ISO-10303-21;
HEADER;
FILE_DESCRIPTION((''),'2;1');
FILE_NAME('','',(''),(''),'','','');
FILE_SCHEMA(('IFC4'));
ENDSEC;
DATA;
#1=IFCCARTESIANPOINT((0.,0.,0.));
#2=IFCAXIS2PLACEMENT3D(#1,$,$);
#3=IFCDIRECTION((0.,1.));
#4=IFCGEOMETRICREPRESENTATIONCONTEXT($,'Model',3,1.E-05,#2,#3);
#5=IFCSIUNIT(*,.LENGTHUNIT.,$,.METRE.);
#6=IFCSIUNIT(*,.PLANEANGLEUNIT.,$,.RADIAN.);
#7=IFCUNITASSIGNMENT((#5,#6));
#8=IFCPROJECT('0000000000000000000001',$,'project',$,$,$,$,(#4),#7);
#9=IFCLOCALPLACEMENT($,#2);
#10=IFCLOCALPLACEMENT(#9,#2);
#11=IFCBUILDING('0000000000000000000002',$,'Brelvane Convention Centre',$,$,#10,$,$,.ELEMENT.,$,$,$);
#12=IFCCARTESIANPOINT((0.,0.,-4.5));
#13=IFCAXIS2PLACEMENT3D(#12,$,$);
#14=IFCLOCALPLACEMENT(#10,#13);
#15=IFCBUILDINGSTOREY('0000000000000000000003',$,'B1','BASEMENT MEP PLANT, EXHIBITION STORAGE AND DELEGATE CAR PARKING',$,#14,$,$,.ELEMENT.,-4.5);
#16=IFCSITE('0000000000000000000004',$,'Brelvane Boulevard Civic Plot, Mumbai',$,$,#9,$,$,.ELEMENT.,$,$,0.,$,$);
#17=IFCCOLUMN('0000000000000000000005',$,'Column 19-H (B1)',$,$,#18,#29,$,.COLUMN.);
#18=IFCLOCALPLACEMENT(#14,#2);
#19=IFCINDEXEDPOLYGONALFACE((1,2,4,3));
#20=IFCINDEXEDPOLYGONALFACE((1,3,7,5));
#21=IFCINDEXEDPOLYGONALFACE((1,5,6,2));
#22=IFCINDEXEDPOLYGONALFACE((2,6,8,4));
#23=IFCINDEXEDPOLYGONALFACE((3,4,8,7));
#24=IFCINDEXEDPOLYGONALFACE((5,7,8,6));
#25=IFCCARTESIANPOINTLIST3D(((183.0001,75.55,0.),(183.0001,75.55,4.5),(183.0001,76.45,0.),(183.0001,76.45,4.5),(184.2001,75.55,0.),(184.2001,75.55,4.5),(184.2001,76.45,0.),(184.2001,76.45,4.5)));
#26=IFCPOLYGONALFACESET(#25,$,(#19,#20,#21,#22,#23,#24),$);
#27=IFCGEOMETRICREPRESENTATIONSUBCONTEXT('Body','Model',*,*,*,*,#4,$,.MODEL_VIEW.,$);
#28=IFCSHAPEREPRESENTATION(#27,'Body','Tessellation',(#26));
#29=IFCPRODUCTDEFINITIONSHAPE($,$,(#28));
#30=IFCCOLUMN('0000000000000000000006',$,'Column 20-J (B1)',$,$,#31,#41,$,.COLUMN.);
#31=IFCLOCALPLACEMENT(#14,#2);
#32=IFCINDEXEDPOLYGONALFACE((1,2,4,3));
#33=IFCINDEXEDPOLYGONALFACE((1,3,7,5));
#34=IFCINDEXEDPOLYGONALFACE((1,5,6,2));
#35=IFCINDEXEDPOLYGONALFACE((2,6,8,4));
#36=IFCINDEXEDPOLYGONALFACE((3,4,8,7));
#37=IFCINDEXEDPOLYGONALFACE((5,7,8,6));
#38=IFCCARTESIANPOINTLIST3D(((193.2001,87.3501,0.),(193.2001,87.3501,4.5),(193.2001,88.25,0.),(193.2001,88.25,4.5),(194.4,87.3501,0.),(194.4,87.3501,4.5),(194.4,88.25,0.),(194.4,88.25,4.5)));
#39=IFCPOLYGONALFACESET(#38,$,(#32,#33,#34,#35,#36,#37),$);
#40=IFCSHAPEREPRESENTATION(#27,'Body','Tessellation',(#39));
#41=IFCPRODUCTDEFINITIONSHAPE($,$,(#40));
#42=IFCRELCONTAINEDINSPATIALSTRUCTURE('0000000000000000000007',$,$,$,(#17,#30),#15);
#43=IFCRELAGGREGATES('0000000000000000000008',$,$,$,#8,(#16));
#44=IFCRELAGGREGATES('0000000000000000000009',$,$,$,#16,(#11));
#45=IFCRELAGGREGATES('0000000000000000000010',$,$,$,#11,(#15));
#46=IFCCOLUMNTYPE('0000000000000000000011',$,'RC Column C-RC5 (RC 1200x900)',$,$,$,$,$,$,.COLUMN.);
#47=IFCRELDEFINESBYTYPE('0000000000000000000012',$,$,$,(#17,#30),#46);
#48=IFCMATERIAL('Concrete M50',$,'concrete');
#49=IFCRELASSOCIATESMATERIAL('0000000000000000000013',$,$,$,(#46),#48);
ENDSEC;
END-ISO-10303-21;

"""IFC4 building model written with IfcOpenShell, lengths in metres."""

from ifc_helpers import new_model, si_unit, direction, frame, origin, origin_2d, place, context, subcontext, project, spatial, rectangle, extrude, material, material_profile, profile_set, type_object, element, save


model = new_model("IFC4")

# Units and contexts
model_context = context("Model", 3, precision=1e-05, world=origin(), true_north=direction((0.0, 1.0)))
body_context = subcontext(model_context, "Body", "Model", "MODEL_VIEW")
ifc_project = project(units=[si_unit("LENGTHUNIT", "METRE"), si_unit("PLANEANGLEUNIT", "RADIAN")], contexts=[model_context])

# Site, building, storey
site_placement = place(None, origin())
site = spatial("IfcSite", under=ifc_project, at=site_placement, Name="Brelvane Boulevard Civic Plot, Mumbai", CompositionType="ELEMENT", RefElevation=0.0)
building_placement = place(site_placement, origin())
building = spatial("IfcBuilding", under=site, at=building_placement, Name="Brelvane Convention Centre", CompositionType="ELEMENT")
storey_placement = place(building_placement, frame((0.0, 0.0, -4.5)))
storey = spatial("IfcBuildingStorey", under=building, at=storey_placement, Name="B1", Description="BASEMENT MEP PLANT, EXHIBITION STORAGE AND DELEGATE CAR PARKING", CompositionType="ELEMENT", Elevation=-4.5)

# Columns
ifc_material_1 = material(Name="Concrete M50", Category="concrete")
ifc_material_profile_1 = material_profile(ifc_material_1, rectangle(XDim=1.2, YDim=0.8999, at=origin_2d()), Name="RC 1200x900")
ifc_profile_set_1 = profile_set([ifc_material_profile_1], Name="Concrete M50")
column_type_1 = type_object("IfcColumnType", Name="RC Column C-RC5 (RC 1200x900)", PredefinedType="COLUMN", material=ifc_profile_set_1)
for number, where, z_axis, x_axis, name in (
    (1, (183.6001, 76.0, 0.0), (0.0, 0.0, 1.0), (1.0, 0.0, 0.0), "Column 19-H (B1)"),
    (2, (193.8, 87.8, 0.0), (0.0, 0.0, 1.0), (1.0, 0.0, 0.0), "Column 20-J (B1)"),
):
    element("IfcColumn", number, at=place(storey_placement, frame(where, z_axis=z_axis, x_axis=x_axis)), inside=storey, type_object=column_type_1, Name=name, PredefinedType="COLUMN", context=body_context, shape_type="SweptSolid", body=[
        extrude(rectangle(XDim=1.2, YDim=0.8999, at=origin_2d()), origin(), (0.0, 0.0, 1.0), 4.5),
    ])

save(model, "model.ifc")
